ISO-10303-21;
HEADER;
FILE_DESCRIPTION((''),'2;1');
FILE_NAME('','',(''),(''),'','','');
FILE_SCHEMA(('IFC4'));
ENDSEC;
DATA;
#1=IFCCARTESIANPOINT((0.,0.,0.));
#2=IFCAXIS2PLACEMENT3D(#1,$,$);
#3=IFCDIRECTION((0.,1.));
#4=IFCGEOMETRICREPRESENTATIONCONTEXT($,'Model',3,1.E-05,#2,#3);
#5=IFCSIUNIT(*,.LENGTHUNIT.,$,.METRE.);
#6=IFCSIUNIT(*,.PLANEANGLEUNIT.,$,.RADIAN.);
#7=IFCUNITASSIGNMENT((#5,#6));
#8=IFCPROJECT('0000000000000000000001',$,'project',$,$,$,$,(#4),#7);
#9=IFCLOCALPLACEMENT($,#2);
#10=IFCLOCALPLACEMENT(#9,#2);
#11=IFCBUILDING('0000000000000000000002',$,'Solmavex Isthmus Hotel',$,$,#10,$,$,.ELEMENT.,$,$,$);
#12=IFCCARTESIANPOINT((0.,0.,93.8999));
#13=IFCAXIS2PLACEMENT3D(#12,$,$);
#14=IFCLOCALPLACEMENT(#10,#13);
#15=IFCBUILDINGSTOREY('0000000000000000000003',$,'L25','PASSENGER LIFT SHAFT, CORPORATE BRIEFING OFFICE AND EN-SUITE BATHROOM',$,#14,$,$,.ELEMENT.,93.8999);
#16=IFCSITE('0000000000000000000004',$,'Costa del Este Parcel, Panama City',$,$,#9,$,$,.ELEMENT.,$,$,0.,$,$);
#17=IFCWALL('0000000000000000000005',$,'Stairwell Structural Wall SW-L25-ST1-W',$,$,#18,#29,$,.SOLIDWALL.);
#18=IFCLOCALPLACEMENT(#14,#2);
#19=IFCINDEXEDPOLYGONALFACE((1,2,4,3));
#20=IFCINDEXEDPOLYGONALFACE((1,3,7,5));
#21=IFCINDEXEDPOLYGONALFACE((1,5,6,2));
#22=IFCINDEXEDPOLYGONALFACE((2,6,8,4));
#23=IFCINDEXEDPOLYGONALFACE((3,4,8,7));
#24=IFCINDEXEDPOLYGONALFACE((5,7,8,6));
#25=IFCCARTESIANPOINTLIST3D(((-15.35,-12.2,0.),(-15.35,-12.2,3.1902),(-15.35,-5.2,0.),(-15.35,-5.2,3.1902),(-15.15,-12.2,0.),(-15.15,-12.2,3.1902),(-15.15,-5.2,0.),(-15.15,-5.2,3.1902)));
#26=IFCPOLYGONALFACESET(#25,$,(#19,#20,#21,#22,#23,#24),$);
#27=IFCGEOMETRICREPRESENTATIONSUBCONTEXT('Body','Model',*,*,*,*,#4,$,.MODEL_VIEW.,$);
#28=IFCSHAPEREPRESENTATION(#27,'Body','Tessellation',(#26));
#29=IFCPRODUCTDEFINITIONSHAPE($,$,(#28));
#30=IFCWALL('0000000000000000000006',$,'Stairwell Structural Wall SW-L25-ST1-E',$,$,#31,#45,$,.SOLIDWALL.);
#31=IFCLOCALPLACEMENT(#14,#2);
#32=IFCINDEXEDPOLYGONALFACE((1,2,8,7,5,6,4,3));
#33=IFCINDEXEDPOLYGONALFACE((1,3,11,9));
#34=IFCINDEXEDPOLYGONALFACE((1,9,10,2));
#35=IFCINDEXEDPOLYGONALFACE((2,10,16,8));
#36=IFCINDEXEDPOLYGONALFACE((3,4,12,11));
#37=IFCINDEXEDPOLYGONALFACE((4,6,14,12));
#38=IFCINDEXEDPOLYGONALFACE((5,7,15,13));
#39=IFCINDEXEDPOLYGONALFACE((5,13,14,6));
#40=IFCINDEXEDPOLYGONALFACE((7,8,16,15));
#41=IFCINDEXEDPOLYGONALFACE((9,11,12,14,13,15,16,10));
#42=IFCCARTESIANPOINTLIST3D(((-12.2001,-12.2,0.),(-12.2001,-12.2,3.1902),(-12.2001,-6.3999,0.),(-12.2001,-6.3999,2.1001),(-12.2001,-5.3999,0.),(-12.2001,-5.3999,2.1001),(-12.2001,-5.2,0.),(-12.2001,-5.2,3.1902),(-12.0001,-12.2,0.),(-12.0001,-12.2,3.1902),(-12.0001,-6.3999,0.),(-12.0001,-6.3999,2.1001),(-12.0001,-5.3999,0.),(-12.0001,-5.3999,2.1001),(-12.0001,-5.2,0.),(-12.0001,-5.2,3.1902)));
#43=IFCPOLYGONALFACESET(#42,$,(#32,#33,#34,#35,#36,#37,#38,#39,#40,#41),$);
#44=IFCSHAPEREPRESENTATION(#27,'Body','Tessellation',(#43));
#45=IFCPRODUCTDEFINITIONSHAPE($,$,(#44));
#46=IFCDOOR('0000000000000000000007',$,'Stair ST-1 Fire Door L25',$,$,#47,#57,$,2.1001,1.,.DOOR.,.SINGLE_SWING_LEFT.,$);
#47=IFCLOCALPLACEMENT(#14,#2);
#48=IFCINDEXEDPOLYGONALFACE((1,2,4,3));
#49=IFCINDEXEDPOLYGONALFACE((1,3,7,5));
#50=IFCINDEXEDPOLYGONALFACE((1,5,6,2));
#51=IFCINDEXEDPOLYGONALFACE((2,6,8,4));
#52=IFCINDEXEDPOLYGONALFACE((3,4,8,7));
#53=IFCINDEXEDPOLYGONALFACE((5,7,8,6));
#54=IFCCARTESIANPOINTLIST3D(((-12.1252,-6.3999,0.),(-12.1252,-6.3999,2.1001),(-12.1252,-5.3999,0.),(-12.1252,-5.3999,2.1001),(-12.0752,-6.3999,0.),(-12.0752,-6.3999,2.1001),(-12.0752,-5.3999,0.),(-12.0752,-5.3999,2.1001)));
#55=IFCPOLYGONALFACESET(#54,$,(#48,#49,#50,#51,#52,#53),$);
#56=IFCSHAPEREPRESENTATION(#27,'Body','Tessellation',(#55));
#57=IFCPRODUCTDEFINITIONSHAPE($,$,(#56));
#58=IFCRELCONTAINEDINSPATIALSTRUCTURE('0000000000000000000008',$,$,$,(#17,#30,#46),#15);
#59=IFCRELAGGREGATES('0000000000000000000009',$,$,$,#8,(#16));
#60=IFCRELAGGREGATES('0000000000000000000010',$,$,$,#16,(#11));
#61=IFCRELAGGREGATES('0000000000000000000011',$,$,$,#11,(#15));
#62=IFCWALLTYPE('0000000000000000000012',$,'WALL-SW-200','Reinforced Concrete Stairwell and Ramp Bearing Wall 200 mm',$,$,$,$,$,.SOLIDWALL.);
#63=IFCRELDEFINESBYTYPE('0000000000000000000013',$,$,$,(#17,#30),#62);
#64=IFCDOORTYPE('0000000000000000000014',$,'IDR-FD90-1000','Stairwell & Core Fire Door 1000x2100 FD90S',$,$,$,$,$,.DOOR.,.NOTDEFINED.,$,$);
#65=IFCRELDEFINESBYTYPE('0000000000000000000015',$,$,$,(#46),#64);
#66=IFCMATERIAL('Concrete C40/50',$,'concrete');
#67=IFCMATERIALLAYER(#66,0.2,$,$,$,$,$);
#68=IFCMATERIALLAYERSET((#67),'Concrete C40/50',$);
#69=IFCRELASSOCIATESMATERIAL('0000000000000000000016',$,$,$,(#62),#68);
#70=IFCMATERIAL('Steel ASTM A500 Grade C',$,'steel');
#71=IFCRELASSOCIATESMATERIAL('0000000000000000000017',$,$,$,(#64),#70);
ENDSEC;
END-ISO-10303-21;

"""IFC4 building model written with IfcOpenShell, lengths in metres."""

from ifc_helpers import new_model, si_unit, direction, frame, frame_2d, origin, place, context, subcontext, project, spatial, rectangle, extrude, material, layer, layer_set, type_object, element, fill, save


model = new_model("IFC4")

# Units and contexts
model_context = context("Model", 3, precision=1e-05, world=origin(), true_north=direction((0.0, 1.0)))
body_context = subcontext(model_context, "Body", "Model", "MODEL_VIEW")
ifc_project = project(units=[si_unit("LENGTHUNIT", "METRE"), si_unit("PLANEANGLEUNIT", "RADIAN")], contexts=[model_context])

# Site, building, storey
site_placement = place(None, origin())
site = spatial("IfcSite", under=ifc_project, at=site_placement, Name="Costa del Este Parcel, Panama City", CompositionType="ELEMENT", RefElevation=0.0)
building_placement = place(site_placement, origin())
building = spatial("IfcBuilding", under=site, at=building_placement, Name="Solmavex Isthmus Hotel", CompositionType="ELEMENT")
storey_placement = place(building_placement, frame((0.0, 0.0, 93.8999)))
storey = spatial("IfcBuildingStorey", under=building, at=storey_placement, Name="L25", Description="PASSENGER LIFT SHAFT, CORPORATE BRIEFING OFFICE AND EN-SUITE BATHROOM", CompositionType="ELEMENT", Elevation=93.8999)

# Wall
ifc_material_1 = material(Name="Concrete C40/50", Category="concrete")
ifc_layer_1 = layer(ifc_material_1, 0.2)
ifc_layer_set_1 = layer_set([ifc_layer_1], Name="Concrete C40/50")
wall_type_1 = type_object("IfcWallType", Name="WALL-SW-200", Description="Reinforced Concrete Stairwell and Ramp Bearing Wall 200 mm", PredefinedType="SOLIDWALL", material=ifc_layer_set_1)
wall_1_placement = place(storey_placement, frame((-15.25, -12.2, 0.0), z_axis=(0.0, 0.0, 1.0), x_axis=(0.0, 1.0, 0.0)))
element("IfcWall", 1, at=wall_1_placement, inside=storey, type_object=wall_type_1, Name="Stairwell Structural Wall SW-L25-ST1-W", PredefinedType="SOLIDWALL", context=body_context, shape_type="SweptSolid", body=[
    extrude(rectangle(XDim=7.0, YDim=0.2, at=frame_2d((3.5, 0.0))), origin(), (0.0, 0.0, 1.0), 3.1902),
])

# Wall, opening, door
wall_2_placement = place(storey_placement, frame((-12.1001, -12.2, 0.0), z_axis=(0.0, 0.0, 1.0), x_axis=(0.0, 1.0, 0.0)))
wall_2 = element("IfcWall", 2, at=wall_2_placement, inside=storey, type_object=wall_type_1, Name="Stairwell Structural Wall SW-L25-ST1-E", PredefinedType="SOLIDWALL", context=body_context, shape_type="SweptSolid", body=[
    extrude(rectangle(XDim=7.0, YDim=0.2, at=frame_2d((3.5, 0.0))), origin(), (0.0, 0.0, 1.0), 3.1902),
])
opening_1_placement = place(wall_2_placement, frame((5.8, 0.0, 0.0)))
opening_1 = element("IfcOpeningElement", 3, at=opening_1_placement, cuts=wall_2, PredefinedType="OPENING", context=body_context, shape_type="SweptSolid", body=[
    extrude(rectangle(XDim=1.0, YDim=2.1001, at=frame_2d((0.5, 1.05))), frame((0.0, 0.1099, 0.0), z_axis=(0.0, -1.0, 0.0), x_axis=(1.0, 0.0, 0.0)), (0.0, 0.0, 1.0), 0.22),
])
ifc_material_2 = material(Name="Steel ASTM A500 Grade C", Category="steel")
door_type_1 = type_object("IfcDoorType", Name="IDR-FD90-1000", Description="Stairwell & Core Fire Door 1000x2100 FD90S", OperationType="NOTDEFINED", PredefinedType="DOOR", material=ifc_material_2)
door_1_placement = place(opening_1_placement, frame((1.0, 0.0, 0.0), z_axis=(0.0, 0.0, 1.0), x_axis=(-1.0, 0.0, 0.0)))
door_1 = element("IfcDoor", 4, at=door_1_placement, inside=storey, type_object=door_type_1, Name="Stair ST-1 Fire Door L25", OperationType="SINGLE_SWING_LEFT", OverallHeight=2.1001, OverallWidth=1.0, PredefinedType="DOOR", context=body_context, shape_type="SweptSolid", body=[
    extrude(rectangle(XDim=1.0, YDim=2.1001, at=frame_2d((0.5, 1.05))), frame((0.0, 0.0249, 0.0), z_axis=(0.0, -1.0, 0.0), x_axis=(1.0, 0.0, 0.0)), (0.0, 0.0, 1.0), 0.05),
])
fill(opening_1, door_1)

save(model, "model.ifc")
